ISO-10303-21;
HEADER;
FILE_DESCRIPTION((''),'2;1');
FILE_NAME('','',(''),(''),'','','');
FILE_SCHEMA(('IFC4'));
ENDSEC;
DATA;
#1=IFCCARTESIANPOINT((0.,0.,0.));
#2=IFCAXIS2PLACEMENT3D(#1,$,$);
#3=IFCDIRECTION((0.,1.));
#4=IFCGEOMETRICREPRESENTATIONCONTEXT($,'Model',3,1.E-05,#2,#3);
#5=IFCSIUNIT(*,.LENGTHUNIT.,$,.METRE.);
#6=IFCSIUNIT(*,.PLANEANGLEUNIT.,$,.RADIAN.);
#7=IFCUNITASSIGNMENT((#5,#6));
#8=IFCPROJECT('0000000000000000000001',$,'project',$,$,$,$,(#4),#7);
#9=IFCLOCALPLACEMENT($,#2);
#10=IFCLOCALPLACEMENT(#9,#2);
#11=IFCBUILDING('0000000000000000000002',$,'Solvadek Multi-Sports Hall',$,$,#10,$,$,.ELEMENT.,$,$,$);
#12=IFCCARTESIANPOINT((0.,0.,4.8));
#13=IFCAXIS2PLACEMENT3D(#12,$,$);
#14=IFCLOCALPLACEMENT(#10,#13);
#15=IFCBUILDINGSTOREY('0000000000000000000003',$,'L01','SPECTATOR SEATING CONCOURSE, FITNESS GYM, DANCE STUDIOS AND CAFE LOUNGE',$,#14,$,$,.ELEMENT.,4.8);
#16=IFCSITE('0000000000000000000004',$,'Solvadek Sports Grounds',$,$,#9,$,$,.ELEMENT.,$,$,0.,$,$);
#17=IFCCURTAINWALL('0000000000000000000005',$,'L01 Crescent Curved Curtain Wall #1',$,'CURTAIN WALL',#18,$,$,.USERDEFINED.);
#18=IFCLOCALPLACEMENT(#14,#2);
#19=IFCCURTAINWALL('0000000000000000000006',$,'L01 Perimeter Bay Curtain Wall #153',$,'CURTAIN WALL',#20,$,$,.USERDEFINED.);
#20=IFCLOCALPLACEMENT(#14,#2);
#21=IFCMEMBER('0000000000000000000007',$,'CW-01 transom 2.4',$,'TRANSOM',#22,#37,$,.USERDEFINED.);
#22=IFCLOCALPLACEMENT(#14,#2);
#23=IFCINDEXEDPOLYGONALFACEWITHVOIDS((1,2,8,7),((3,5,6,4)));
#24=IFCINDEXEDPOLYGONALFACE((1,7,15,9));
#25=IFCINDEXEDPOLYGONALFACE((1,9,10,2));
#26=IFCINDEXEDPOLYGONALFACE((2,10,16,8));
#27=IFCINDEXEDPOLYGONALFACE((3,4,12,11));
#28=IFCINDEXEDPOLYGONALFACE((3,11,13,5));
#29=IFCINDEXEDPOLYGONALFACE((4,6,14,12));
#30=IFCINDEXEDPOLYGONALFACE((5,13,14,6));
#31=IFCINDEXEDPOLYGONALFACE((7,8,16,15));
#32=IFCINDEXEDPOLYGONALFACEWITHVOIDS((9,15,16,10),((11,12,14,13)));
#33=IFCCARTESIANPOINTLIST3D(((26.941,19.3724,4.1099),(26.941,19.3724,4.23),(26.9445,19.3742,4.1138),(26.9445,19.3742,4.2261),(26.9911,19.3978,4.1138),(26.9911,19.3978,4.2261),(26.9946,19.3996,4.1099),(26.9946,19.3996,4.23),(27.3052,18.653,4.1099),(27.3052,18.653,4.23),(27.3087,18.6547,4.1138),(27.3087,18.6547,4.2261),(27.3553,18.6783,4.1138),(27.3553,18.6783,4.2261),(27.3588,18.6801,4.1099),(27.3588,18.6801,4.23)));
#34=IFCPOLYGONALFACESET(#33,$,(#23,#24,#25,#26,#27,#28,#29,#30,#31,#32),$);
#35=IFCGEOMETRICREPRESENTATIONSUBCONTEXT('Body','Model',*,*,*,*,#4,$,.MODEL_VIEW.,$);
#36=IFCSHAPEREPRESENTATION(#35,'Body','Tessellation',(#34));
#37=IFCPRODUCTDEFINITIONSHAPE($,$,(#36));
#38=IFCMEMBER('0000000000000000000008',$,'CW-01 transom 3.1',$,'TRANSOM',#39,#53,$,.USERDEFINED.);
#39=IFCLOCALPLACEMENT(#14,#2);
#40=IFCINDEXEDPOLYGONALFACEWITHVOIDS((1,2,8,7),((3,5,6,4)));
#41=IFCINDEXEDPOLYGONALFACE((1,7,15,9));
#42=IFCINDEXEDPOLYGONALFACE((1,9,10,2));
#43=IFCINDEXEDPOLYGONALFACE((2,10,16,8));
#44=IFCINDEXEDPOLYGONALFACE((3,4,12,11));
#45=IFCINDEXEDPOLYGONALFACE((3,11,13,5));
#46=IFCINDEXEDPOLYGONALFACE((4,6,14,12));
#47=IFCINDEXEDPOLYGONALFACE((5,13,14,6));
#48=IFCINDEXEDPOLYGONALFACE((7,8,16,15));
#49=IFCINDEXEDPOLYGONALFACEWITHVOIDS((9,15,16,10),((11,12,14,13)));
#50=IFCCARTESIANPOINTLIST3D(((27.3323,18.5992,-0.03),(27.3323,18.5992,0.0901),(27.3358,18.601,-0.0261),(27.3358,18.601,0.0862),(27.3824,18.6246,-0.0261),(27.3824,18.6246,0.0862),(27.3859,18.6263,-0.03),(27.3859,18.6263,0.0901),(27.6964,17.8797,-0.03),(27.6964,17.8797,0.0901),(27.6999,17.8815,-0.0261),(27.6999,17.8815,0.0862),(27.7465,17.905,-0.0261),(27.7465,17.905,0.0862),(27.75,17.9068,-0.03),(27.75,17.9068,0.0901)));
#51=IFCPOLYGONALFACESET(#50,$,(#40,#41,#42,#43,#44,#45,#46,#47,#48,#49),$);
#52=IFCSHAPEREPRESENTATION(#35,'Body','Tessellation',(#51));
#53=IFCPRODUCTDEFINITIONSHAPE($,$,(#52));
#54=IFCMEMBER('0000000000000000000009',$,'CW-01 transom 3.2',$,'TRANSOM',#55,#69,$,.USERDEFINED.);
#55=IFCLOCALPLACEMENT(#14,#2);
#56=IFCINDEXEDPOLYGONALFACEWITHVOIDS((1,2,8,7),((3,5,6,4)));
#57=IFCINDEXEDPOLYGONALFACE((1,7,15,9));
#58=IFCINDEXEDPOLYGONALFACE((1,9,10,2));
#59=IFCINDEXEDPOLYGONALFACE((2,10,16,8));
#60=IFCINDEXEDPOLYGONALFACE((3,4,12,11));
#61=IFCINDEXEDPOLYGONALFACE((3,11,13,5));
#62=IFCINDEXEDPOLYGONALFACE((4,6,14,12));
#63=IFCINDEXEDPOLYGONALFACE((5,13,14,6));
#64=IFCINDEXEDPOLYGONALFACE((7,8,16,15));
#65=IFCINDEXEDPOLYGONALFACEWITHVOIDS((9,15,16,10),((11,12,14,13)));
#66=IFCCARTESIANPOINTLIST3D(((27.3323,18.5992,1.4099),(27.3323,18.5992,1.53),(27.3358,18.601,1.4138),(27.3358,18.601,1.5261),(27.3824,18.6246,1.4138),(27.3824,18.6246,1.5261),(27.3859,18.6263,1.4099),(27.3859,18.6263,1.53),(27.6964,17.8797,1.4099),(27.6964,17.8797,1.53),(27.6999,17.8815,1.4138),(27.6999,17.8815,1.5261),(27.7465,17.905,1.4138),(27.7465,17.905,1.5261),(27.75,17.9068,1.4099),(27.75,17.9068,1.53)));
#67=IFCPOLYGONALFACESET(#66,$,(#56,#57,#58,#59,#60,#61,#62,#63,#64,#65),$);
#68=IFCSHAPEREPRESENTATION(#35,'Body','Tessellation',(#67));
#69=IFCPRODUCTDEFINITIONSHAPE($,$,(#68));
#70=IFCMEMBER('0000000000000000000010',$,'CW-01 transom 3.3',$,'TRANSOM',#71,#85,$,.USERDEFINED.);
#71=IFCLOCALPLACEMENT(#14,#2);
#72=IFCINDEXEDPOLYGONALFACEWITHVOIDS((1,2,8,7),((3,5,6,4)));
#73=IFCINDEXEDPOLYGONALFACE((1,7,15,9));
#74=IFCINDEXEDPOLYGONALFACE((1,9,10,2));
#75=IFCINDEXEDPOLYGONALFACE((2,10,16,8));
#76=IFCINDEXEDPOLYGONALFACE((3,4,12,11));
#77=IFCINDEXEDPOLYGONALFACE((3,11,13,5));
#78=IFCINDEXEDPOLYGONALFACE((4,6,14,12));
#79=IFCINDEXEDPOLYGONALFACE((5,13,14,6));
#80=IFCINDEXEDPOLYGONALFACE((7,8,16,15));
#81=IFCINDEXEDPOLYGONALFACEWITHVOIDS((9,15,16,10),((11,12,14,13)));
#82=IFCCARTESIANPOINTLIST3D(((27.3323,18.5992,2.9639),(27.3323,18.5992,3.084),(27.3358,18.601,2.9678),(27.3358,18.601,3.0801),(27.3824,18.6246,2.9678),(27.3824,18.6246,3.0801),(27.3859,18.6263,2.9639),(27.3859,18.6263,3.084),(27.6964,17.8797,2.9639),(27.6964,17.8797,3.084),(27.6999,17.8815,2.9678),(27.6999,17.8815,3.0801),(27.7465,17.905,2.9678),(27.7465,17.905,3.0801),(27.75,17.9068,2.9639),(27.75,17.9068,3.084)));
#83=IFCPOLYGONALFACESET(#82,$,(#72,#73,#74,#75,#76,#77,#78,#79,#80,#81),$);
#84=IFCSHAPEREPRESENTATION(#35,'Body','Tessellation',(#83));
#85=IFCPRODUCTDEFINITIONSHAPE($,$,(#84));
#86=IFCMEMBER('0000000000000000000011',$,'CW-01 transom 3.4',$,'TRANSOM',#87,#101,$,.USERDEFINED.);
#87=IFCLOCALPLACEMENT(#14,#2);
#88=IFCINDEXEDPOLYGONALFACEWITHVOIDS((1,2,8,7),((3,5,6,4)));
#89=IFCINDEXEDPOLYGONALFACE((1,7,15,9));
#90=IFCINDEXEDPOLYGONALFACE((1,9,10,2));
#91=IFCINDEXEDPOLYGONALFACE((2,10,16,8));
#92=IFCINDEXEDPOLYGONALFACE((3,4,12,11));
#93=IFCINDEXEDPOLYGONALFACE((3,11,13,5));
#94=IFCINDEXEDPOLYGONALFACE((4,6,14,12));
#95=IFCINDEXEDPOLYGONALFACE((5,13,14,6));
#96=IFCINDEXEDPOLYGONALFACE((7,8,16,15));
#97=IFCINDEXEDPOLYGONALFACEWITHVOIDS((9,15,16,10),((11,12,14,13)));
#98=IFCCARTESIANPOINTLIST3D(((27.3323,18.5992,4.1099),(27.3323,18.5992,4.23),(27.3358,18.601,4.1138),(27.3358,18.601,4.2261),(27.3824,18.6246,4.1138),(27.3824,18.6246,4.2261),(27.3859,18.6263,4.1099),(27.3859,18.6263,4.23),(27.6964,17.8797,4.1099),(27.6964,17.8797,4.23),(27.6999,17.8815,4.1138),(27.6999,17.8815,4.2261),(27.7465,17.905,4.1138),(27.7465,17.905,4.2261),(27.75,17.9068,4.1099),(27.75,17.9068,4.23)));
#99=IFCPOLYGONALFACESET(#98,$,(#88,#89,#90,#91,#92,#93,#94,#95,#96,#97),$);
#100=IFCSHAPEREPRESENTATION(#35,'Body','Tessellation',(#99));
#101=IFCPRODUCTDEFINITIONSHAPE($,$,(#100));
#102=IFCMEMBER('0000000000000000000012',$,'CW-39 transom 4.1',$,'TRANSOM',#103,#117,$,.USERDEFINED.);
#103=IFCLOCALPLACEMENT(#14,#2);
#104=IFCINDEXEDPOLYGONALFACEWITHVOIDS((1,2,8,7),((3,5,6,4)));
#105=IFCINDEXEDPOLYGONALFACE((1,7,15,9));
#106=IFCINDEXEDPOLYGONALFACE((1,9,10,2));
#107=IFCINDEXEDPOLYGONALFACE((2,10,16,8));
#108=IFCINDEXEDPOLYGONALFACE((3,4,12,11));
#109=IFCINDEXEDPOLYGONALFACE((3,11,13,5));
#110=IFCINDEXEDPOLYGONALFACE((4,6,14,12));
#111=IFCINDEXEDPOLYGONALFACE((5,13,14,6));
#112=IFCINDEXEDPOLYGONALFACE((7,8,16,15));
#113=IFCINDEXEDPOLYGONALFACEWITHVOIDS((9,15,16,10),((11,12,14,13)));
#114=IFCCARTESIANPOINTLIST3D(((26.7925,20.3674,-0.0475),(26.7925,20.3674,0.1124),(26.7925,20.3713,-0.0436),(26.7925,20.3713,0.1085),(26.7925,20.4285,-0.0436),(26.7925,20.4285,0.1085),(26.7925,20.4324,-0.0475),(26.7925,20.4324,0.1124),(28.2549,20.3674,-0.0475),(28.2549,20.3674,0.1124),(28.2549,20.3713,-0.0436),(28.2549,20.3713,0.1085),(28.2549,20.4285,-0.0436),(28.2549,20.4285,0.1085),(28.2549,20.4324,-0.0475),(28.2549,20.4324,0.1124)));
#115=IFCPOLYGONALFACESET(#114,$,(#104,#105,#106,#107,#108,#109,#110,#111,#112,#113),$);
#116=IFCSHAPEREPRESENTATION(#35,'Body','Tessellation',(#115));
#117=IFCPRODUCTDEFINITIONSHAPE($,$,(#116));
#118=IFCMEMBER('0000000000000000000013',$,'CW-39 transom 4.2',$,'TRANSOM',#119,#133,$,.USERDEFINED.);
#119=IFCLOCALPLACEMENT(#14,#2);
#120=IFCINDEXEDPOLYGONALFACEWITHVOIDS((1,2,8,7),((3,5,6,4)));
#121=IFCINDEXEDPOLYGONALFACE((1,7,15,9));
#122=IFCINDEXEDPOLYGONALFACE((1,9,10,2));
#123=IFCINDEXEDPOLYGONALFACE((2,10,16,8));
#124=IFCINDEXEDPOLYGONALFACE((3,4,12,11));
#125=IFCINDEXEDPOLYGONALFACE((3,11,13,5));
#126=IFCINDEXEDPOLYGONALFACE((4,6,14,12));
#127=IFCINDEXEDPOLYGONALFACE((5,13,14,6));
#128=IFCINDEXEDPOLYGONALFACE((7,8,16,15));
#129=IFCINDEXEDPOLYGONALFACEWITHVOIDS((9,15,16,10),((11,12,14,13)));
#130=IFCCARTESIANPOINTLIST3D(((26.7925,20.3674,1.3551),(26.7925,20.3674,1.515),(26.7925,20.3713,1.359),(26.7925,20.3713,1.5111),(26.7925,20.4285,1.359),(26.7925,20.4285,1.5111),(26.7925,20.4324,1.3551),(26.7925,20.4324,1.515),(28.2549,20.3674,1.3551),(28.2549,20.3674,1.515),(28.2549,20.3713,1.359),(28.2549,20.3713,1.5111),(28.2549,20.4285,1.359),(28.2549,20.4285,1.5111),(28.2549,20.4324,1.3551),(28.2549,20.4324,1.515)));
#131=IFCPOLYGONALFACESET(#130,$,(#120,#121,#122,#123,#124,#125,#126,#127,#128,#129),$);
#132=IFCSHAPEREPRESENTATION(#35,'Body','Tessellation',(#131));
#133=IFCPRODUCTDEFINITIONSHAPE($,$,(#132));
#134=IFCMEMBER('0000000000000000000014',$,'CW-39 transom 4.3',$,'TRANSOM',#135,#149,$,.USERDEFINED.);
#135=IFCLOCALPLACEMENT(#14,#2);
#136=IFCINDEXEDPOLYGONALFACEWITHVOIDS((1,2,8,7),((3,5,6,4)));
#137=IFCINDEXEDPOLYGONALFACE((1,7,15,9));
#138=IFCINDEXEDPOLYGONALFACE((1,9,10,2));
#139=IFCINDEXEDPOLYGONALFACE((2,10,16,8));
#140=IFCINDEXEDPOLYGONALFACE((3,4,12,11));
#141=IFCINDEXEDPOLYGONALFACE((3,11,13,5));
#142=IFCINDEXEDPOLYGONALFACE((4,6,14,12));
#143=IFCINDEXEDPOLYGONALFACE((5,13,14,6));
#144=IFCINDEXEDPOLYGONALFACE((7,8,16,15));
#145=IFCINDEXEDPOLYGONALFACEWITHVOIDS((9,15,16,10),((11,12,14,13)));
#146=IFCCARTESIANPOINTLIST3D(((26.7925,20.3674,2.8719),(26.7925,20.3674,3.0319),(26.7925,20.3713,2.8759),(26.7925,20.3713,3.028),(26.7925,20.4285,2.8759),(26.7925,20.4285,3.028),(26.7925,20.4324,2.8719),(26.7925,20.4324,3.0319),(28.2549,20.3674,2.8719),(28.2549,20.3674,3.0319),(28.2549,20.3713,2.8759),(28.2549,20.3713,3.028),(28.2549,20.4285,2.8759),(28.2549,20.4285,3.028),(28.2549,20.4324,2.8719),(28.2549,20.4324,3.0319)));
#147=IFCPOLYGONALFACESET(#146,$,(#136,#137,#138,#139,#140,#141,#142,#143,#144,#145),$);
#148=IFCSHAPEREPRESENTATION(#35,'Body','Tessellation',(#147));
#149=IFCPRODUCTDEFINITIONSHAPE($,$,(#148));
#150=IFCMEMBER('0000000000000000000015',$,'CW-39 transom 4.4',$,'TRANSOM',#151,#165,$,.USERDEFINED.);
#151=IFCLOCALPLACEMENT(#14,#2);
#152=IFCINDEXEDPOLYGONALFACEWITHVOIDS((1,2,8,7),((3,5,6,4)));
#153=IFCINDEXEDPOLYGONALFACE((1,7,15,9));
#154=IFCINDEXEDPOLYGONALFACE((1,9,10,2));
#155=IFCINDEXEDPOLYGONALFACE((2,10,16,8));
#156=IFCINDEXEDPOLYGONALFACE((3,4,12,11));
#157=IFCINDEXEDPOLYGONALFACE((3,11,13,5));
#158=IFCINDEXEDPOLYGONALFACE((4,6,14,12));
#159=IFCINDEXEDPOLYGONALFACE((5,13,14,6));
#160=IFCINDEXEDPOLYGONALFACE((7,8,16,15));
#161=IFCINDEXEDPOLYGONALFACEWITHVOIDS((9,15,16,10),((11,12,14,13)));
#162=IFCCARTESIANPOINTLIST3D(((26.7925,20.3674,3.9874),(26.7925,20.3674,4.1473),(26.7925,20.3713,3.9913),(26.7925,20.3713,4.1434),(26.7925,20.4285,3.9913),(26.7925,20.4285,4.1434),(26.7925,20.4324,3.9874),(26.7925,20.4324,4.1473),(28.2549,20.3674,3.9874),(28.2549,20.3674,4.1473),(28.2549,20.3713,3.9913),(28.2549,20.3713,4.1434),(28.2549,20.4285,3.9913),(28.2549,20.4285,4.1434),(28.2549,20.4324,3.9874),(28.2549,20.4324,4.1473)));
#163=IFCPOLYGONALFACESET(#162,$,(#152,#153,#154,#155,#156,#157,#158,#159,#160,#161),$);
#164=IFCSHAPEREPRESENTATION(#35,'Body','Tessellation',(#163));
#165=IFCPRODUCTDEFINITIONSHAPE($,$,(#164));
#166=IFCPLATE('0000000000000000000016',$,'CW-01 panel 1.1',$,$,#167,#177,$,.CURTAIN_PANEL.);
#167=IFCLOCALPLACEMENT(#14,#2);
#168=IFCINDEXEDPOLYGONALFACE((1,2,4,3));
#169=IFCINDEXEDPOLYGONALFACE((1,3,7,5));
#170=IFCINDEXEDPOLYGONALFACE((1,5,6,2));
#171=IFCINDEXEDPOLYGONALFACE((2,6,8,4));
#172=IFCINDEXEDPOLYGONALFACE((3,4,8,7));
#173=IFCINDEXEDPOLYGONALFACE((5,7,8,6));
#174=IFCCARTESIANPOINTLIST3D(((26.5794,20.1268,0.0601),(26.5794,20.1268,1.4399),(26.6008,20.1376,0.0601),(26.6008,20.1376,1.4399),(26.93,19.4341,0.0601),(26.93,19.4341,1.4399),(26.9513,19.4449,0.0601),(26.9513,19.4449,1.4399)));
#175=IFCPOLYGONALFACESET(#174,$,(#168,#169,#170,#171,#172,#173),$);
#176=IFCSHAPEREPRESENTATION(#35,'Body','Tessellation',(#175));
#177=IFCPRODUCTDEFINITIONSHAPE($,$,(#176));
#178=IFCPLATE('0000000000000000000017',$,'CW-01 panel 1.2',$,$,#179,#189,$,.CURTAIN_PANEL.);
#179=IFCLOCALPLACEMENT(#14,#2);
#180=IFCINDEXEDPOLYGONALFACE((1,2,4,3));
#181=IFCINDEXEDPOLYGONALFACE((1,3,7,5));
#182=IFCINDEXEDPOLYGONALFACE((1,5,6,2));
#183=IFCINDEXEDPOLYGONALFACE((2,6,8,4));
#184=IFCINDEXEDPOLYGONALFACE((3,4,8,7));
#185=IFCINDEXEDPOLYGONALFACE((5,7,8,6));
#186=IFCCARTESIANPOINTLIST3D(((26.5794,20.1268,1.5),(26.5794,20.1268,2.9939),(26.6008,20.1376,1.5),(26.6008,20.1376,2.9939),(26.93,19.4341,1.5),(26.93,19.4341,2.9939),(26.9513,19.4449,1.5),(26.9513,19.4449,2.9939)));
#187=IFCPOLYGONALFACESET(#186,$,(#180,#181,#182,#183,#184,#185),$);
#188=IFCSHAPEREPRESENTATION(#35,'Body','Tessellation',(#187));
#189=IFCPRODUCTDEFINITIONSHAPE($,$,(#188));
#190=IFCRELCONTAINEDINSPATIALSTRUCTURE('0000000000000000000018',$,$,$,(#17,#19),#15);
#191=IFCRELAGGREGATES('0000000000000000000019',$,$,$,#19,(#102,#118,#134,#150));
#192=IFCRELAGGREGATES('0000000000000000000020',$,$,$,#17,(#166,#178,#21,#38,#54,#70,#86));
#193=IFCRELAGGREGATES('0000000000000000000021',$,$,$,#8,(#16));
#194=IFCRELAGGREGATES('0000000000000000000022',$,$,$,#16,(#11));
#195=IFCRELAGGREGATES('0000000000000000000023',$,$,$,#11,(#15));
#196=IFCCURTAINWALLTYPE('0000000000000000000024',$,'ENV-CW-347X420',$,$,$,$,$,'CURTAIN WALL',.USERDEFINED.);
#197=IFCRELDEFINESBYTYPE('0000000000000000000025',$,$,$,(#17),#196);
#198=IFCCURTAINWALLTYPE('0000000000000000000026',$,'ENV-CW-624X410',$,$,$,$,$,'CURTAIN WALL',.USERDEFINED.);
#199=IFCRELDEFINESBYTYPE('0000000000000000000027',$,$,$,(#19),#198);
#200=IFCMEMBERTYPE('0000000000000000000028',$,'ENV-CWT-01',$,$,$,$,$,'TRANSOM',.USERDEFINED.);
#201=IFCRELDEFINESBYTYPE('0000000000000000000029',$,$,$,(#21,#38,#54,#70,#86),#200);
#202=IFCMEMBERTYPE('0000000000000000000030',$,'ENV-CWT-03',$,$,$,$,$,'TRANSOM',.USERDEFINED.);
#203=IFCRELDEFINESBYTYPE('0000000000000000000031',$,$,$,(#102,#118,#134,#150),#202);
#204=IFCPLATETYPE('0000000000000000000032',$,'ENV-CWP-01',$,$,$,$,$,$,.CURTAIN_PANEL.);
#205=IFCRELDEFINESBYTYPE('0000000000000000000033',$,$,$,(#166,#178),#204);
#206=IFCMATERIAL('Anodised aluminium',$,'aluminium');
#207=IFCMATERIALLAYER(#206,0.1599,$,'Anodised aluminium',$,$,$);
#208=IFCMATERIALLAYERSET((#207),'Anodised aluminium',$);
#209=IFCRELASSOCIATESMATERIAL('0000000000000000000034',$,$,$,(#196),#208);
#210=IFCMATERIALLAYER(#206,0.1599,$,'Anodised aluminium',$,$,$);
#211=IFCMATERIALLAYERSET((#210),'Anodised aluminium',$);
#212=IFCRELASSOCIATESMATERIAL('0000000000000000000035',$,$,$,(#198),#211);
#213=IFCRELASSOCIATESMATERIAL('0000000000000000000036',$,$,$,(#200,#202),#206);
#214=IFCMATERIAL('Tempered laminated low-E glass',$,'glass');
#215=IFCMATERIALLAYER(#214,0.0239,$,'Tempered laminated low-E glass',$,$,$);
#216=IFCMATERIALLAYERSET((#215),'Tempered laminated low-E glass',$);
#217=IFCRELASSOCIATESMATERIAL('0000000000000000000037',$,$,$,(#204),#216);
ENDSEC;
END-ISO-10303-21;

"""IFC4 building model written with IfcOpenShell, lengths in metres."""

from ifc_helpers import new_model, si_unit, direction, frame, origin, origin_2d, place, context, subcontext, project, spatial, rectangle, hollow_rectangle, extrude, material, layer, layer_set, material_profile, profile_set, type_object, element, aggregate, save


model = new_model("IFC4")

# Units and contexts
model_context = context("Model", 3, precision=1e-05, world=origin(), true_north=direction((0.0, 1.0)))
body_context = subcontext(model_context, "Body", "Model", "MODEL_VIEW")
ifc_project = project(units=[si_unit("LENGTHUNIT", "METRE"), si_unit("PLANEANGLEUNIT", "RADIAN")], contexts=[model_context])

# Site, building, storey
site_placement = place(None, origin())
site = spatial("IfcSite", under=ifc_project, at=site_placement, Name="Solvadek Sports Grounds", CompositionType="ELEMENT", RefElevation=0.0)
building_placement = place(site_placement, origin())
building = spatial("IfcBuilding", under=site, at=building_placement, Name="Solvadek Multi-Sports Hall", CompositionType="ELEMENT")
storey_placement = place(building_placement, frame((0.0, 0.0, 4.8)))
storey = spatial("IfcBuildingStorey", under=building, at=storey_placement, Name="L01", Description="SPECTATOR SEATING CONCOURSE, FITNESS GYM, DANCE STUDIOS AND CAFE LOUNGE", CompositionType="ELEMENT", Elevation=4.8)

# Curtain wall
ifc_material_1 = material(Name="Anodised aluminium", Category="aluminium")
ifc_layer_1 = layer(ifc_material_1, 0.1599, Name="Anodised aluminium")
ifc_layer_set_1 = layer_set([ifc_layer_1], Name="Anodised aluminium")
curtain_wall_type_1 = type_object("IfcCurtainWallType", Name="ENV-CW-347X420", ElementType="CURTAIN WALL", PredefinedType="USERDEFINED", material=ifc_layer_set_1)
curtain_wall_1_placement = place(storey_placement, origin())
curtain_wall_1 = element("IfcCurtainWall", 1, at=curtain_wall_1_placement, inside=storey, type_object=curtain_wall_type_1, Name="L01 Crescent Curved Curtain Wall #1", ObjectType="CURTAIN WALL", PredefinedType="USERDEFINED")

# Curtain wall
ifc_layer_2 = layer(ifc_material_1, 0.1599, Name="Anodised aluminium")
ifc_layer_set_2 = layer_set([ifc_layer_2], Name="Anodised aluminium")
curtain_wall_type_2 = type_object("IfcCurtainWallType", Name="ENV-CW-624X410", ElementType="CURTAIN WALL", PredefinedType="USERDEFINED", material=ifc_layer_set_2)
curtain_wall_2_placement = place(storey_placement, origin())
curtain_wall_2 = element("IfcCurtainWall", 2, at=curtain_wall_2_placement, inside=storey, type_object=curtain_wall_type_2, Name="L01 Perimeter Bay Curtain Wall #153", ObjectType="CURTAIN WALL", PredefinedType="USERDEFINED")

# Members
ifc_material_profile_1 = material_profile(ifc_material_1, hollow_rectangle(XDim=0.0601, YDim=0.1201, WallThickness=0.0039, at=origin_2d()), Name="ALU-T 120x60x4")
ifc_profile_set_1 = profile_set([ifc_material_profile_1], Name="Anodised aluminium")
member_type_1 = type_object("IfcMemberType", Name="ENV-CWT-01", ElementType="TRANSOM", PredefinedType="USERDEFINED", material=ifc_profile_set_1)
member_1_placement = place(storey_placement, frame((26.9678, 19.386, 4.1699), z_axis=(0.451689, -0.892176, 0.0), x_axis=(0.892176, 0.451689, 0.0)))
member_1 = element("IfcMember", 3, at=member_1_placement, type_object=member_type_1, Name="CW-01 transom 2.4", ObjectType="TRANSOM", PredefinedType="USERDEFINED", context=body_context, shape_type="SweptSolid", body=[
    extrude(hollow_rectangle(XDim=0.0601, YDim=0.1201, WallThickness=0.0039, at=origin_2d()), origin(), (0.0, 0.0, 1.0), 0.8064),
])
member_2_placement = place(storey_placement, frame((27.3591, 18.6128, 0.03), z_axis=(0.451448, -0.892298, 0.0), x_axis=(0.892298, 0.451448, 0.0)))
member_2 = element("IfcMember", 4, at=member_2_placement, type_object=member_type_1, Name="CW-01 transom 3.1", ObjectType="TRANSOM", PredefinedType="USERDEFINED", context=body_context, shape_type="SweptSolid", body=[
    extrude(hollow_rectangle(XDim=0.0601, YDim=0.1201, WallThickness=0.0039, at=origin_2d()), origin(), (0.0, 0.0, 1.0), 0.8064),
])
member_3_placement = place(storey_placement, frame((27.3591, 18.6128, 1.47), z_axis=(0.451448, -0.892298, 0.0), x_axis=(0.892298, 0.451448, 0.0)))
member_3 = element("IfcMember", 5, at=member_3_placement, type_object=member_type_1, Name="CW-01 transom 3.2", ObjectType="TRANSOM", PredefinedType="USERDEFINED", context=body_context, shape_type="SweptSolid", body=[
    extrude(hollow_rectangle(XDim=0.0601, YDim=0.1201, WallThickness=0.0039, at=origin_2d()), origin(), (0.0, 0.0, 1.0), 0.8064),
])
member_4_placement = place(storey_placement, frame((27.3591, 18.6128, 3.0239), z_axis=(0.451448, -0.892298, 0.0), x_axis=(0.892298, 0.451448, 0.0)))
member_4 = element("IfcMember", 6, at=member_4_placement, type_object=member_type_1, Name="CW-01 transom 3.3", ObjectType="TRANSOM", PredefinedType="USERDEFINED", context=body_context, shape_type="SweptSolid", body=[
    extrude(hollow_rectangle(XDim=0.0601, YDim=0.1201, WallThickness=0.0039, at=origin_2d()), origin(), (0.0, 0.0, 1.0), 0.8064),
])
member_5_placement = place(storey_placement, frame((27.3591, 18.6128, 4.1699), z_axis=(0.451448, -0.892298, 0.0), x_axis=(0.892298, 0.451448, 0.0)))
member_5 = element("IfcMember", 7, at=member_5_placement, type_object=member_type_1, Name="CW-01 transom 3.4", ObjectType="TRANSOM", PredefinedType="USERDEFINED", context=body_context, shape_type="SweptSolid", body=[
    extrude(hollow_rectangle(XDim=0.0601, YDim=0.1201, WallThickness=0.0039, at=origin_2d()), origin(), (0.0, 0.0, 1.0), 0.8064),
])
ifc_material_profile_2 = material_profile(ifc_material_1, hollow_rectangle(XDim=0.0649, YDim=0.1599, WallThickness=0.0039, at=origin_2d()), Name="ALU-T 160x65x4")
ifc_profile_set_2 = profile_set([ifc_material_profile_2], Name="Anodised aluminium")
member_type_2 = type_object("IfcMemberType", Name="ENV-CWT-03", ElementType="TRANSOM", PredefinedType="USERDEFINED", material=ifc_profile_set_2)
member_6_placement = place(storey_placement, frame((26.7925, 20.3999, 0.0325), z_axis=(1.0, 0.0, 0.0), x_axis=(0.0, 1.0, 0.0)))
member_6 = element("IfcMember", 8, at=member_6_placement, type_object=member_type_2, Name="CW-39 transom 4.1", ObjectType="TRANSOM", PredefinedType="USERDEFINED", context=body_context, shape_type="SweptSolid", body=[
    extrude(hollow_rectangle(XDim=0.0649, YDim=0.1599, WallThickness=0.0039, at=origin_2d()), origin(), (0.0, 0.0, 1.0), 1.4624),
])
member_7_placement = place(storey_placement, frame((26.7925, 20.3999, 1.4351), z_axis=(1.0, 0.0, 0.0), x_axis=(0.0, 1.0, 0.0)))
member_7 = element("IfcMember", 9, at=member_7_placement, type_object=member_type_2, Name="CW-39 transom 4.2", ObjectType="TRANSOM", PredefinedType="USERDEFINED", context=body_context, shape_type="SweptSolid", body=[
    extrude(hollow_rectangle(XDim=0.0649, YDim=0.1599, WallThickness=0.0039, at=origin_2d()), origin(), (0.0, 0.0, 1.0), 1.4624),
])
member_8_placement = place(storey_placement, frame((26.7925, 20.3999, 2.9519), z_axis=(1.0, 0.0, 0.0), x_axis=(0.0, 1.0, 0.0)))
member_8 = element("IfcMember", 10, at=member_8_placement, type_object=member_type_2, Name="CW-39 transom 4.3", ObjectType="TRANSOM", PredefinedType="USERDEFINED", context=body_context, shape_type="SweptSolid", body=[
    extrude(hollow_rectangle(XDim=0.0649, YDim=0.1599, WallThickness=0.0039, at=origin_2d()), origin(), (0.0, 0.0, 1.0), 1.4624),
])
member_9_placement = place(storey_placement, frame((26.7925, 20.3999, 4.0674), z_axis=(1.0, 0.0, 0.0), x_axis=(0.0, 1.0, 0.0)))
member_9 = element("IfcMember", 11, at=member_9_placement, type_object=member_type_2, Name="CW-39 transom 4.4", ObjectType="TRANSOM", PredefinedType="USERDEFINED", context=body_context, shape_type="SweptSolid", body=[
    extrude(hollow_rectangle(XDim=0.0649, YDim=0.1599, WallThickness=0.0039, at=origin_2d()), origin(), (0.0, 0.0, 1.0), 1.4624),
])
aggregate(curtain_wall_2, [member_6, member_7, member_8, member_9])

# Plates
ifc_material_2 = material(Name="Tempered laminated low-E glass", Category="glass")
ifc_layer_3 = layer(ifc_material_2, 0.0239, Name="Tempered laminated low-E glass")
ifc_layer_set_3 = layer_set([ifc_layer_3], Name="Tempered laminated low-E glass")
plate_type_1 = type_object("IfcPlateType", Name="ENV-CWP-01", PredefinedType="CURTAIN_PANEL", material=ifc_layer_set_3)
plate_1_placement = place(storey_placement, frame((26.7654, 19.7859, 0.0601), z_axis=(0.0, 0.0, 1.0), x_axis=(0.451559, -0.892241, 0.0)))
plate_1 = element("IfcPlate", 12, at=plate_1_placement, type_object=plate_type_1, Name="CW-01 panel 1.1", PredefinedType="CURTAIN_PANEL", context=body_context, shape_type="SweptSolid", body=[
    extrude(rectangle(XDim=0.7764, YDim=0.0239, at=origin_2d()), origin(), (0.0, 0.0, 1.0), 1.3799),
])
plate_2_placement = place(storey_placement, frame((26.7654, 19.7859, 1.5), z_axis=(0.0, 0.0, 1.0), x_axis=(0.451559, -0.892241, 0.0)))
plate_2 = element("IfcPlate", 13, at=plate_2_placement, type_object=plate_type_1, Name="CW-01 panel 1.2", PredefinedType="CURTAIN_PANEL", context=body_context, shape_type="SweptSolid", body=[
    extrude(rectangle(XDim=0.7764, YDim=0.0239, at=origin_2d()), origin(), (0.0, 0.0, 1.0), 1.4939),
])
aggregate(curtain_wall_1, [plate_1, plate_2, member_1, member_2, member_3, member_4, member_5])

save(model, "model.ifc")
